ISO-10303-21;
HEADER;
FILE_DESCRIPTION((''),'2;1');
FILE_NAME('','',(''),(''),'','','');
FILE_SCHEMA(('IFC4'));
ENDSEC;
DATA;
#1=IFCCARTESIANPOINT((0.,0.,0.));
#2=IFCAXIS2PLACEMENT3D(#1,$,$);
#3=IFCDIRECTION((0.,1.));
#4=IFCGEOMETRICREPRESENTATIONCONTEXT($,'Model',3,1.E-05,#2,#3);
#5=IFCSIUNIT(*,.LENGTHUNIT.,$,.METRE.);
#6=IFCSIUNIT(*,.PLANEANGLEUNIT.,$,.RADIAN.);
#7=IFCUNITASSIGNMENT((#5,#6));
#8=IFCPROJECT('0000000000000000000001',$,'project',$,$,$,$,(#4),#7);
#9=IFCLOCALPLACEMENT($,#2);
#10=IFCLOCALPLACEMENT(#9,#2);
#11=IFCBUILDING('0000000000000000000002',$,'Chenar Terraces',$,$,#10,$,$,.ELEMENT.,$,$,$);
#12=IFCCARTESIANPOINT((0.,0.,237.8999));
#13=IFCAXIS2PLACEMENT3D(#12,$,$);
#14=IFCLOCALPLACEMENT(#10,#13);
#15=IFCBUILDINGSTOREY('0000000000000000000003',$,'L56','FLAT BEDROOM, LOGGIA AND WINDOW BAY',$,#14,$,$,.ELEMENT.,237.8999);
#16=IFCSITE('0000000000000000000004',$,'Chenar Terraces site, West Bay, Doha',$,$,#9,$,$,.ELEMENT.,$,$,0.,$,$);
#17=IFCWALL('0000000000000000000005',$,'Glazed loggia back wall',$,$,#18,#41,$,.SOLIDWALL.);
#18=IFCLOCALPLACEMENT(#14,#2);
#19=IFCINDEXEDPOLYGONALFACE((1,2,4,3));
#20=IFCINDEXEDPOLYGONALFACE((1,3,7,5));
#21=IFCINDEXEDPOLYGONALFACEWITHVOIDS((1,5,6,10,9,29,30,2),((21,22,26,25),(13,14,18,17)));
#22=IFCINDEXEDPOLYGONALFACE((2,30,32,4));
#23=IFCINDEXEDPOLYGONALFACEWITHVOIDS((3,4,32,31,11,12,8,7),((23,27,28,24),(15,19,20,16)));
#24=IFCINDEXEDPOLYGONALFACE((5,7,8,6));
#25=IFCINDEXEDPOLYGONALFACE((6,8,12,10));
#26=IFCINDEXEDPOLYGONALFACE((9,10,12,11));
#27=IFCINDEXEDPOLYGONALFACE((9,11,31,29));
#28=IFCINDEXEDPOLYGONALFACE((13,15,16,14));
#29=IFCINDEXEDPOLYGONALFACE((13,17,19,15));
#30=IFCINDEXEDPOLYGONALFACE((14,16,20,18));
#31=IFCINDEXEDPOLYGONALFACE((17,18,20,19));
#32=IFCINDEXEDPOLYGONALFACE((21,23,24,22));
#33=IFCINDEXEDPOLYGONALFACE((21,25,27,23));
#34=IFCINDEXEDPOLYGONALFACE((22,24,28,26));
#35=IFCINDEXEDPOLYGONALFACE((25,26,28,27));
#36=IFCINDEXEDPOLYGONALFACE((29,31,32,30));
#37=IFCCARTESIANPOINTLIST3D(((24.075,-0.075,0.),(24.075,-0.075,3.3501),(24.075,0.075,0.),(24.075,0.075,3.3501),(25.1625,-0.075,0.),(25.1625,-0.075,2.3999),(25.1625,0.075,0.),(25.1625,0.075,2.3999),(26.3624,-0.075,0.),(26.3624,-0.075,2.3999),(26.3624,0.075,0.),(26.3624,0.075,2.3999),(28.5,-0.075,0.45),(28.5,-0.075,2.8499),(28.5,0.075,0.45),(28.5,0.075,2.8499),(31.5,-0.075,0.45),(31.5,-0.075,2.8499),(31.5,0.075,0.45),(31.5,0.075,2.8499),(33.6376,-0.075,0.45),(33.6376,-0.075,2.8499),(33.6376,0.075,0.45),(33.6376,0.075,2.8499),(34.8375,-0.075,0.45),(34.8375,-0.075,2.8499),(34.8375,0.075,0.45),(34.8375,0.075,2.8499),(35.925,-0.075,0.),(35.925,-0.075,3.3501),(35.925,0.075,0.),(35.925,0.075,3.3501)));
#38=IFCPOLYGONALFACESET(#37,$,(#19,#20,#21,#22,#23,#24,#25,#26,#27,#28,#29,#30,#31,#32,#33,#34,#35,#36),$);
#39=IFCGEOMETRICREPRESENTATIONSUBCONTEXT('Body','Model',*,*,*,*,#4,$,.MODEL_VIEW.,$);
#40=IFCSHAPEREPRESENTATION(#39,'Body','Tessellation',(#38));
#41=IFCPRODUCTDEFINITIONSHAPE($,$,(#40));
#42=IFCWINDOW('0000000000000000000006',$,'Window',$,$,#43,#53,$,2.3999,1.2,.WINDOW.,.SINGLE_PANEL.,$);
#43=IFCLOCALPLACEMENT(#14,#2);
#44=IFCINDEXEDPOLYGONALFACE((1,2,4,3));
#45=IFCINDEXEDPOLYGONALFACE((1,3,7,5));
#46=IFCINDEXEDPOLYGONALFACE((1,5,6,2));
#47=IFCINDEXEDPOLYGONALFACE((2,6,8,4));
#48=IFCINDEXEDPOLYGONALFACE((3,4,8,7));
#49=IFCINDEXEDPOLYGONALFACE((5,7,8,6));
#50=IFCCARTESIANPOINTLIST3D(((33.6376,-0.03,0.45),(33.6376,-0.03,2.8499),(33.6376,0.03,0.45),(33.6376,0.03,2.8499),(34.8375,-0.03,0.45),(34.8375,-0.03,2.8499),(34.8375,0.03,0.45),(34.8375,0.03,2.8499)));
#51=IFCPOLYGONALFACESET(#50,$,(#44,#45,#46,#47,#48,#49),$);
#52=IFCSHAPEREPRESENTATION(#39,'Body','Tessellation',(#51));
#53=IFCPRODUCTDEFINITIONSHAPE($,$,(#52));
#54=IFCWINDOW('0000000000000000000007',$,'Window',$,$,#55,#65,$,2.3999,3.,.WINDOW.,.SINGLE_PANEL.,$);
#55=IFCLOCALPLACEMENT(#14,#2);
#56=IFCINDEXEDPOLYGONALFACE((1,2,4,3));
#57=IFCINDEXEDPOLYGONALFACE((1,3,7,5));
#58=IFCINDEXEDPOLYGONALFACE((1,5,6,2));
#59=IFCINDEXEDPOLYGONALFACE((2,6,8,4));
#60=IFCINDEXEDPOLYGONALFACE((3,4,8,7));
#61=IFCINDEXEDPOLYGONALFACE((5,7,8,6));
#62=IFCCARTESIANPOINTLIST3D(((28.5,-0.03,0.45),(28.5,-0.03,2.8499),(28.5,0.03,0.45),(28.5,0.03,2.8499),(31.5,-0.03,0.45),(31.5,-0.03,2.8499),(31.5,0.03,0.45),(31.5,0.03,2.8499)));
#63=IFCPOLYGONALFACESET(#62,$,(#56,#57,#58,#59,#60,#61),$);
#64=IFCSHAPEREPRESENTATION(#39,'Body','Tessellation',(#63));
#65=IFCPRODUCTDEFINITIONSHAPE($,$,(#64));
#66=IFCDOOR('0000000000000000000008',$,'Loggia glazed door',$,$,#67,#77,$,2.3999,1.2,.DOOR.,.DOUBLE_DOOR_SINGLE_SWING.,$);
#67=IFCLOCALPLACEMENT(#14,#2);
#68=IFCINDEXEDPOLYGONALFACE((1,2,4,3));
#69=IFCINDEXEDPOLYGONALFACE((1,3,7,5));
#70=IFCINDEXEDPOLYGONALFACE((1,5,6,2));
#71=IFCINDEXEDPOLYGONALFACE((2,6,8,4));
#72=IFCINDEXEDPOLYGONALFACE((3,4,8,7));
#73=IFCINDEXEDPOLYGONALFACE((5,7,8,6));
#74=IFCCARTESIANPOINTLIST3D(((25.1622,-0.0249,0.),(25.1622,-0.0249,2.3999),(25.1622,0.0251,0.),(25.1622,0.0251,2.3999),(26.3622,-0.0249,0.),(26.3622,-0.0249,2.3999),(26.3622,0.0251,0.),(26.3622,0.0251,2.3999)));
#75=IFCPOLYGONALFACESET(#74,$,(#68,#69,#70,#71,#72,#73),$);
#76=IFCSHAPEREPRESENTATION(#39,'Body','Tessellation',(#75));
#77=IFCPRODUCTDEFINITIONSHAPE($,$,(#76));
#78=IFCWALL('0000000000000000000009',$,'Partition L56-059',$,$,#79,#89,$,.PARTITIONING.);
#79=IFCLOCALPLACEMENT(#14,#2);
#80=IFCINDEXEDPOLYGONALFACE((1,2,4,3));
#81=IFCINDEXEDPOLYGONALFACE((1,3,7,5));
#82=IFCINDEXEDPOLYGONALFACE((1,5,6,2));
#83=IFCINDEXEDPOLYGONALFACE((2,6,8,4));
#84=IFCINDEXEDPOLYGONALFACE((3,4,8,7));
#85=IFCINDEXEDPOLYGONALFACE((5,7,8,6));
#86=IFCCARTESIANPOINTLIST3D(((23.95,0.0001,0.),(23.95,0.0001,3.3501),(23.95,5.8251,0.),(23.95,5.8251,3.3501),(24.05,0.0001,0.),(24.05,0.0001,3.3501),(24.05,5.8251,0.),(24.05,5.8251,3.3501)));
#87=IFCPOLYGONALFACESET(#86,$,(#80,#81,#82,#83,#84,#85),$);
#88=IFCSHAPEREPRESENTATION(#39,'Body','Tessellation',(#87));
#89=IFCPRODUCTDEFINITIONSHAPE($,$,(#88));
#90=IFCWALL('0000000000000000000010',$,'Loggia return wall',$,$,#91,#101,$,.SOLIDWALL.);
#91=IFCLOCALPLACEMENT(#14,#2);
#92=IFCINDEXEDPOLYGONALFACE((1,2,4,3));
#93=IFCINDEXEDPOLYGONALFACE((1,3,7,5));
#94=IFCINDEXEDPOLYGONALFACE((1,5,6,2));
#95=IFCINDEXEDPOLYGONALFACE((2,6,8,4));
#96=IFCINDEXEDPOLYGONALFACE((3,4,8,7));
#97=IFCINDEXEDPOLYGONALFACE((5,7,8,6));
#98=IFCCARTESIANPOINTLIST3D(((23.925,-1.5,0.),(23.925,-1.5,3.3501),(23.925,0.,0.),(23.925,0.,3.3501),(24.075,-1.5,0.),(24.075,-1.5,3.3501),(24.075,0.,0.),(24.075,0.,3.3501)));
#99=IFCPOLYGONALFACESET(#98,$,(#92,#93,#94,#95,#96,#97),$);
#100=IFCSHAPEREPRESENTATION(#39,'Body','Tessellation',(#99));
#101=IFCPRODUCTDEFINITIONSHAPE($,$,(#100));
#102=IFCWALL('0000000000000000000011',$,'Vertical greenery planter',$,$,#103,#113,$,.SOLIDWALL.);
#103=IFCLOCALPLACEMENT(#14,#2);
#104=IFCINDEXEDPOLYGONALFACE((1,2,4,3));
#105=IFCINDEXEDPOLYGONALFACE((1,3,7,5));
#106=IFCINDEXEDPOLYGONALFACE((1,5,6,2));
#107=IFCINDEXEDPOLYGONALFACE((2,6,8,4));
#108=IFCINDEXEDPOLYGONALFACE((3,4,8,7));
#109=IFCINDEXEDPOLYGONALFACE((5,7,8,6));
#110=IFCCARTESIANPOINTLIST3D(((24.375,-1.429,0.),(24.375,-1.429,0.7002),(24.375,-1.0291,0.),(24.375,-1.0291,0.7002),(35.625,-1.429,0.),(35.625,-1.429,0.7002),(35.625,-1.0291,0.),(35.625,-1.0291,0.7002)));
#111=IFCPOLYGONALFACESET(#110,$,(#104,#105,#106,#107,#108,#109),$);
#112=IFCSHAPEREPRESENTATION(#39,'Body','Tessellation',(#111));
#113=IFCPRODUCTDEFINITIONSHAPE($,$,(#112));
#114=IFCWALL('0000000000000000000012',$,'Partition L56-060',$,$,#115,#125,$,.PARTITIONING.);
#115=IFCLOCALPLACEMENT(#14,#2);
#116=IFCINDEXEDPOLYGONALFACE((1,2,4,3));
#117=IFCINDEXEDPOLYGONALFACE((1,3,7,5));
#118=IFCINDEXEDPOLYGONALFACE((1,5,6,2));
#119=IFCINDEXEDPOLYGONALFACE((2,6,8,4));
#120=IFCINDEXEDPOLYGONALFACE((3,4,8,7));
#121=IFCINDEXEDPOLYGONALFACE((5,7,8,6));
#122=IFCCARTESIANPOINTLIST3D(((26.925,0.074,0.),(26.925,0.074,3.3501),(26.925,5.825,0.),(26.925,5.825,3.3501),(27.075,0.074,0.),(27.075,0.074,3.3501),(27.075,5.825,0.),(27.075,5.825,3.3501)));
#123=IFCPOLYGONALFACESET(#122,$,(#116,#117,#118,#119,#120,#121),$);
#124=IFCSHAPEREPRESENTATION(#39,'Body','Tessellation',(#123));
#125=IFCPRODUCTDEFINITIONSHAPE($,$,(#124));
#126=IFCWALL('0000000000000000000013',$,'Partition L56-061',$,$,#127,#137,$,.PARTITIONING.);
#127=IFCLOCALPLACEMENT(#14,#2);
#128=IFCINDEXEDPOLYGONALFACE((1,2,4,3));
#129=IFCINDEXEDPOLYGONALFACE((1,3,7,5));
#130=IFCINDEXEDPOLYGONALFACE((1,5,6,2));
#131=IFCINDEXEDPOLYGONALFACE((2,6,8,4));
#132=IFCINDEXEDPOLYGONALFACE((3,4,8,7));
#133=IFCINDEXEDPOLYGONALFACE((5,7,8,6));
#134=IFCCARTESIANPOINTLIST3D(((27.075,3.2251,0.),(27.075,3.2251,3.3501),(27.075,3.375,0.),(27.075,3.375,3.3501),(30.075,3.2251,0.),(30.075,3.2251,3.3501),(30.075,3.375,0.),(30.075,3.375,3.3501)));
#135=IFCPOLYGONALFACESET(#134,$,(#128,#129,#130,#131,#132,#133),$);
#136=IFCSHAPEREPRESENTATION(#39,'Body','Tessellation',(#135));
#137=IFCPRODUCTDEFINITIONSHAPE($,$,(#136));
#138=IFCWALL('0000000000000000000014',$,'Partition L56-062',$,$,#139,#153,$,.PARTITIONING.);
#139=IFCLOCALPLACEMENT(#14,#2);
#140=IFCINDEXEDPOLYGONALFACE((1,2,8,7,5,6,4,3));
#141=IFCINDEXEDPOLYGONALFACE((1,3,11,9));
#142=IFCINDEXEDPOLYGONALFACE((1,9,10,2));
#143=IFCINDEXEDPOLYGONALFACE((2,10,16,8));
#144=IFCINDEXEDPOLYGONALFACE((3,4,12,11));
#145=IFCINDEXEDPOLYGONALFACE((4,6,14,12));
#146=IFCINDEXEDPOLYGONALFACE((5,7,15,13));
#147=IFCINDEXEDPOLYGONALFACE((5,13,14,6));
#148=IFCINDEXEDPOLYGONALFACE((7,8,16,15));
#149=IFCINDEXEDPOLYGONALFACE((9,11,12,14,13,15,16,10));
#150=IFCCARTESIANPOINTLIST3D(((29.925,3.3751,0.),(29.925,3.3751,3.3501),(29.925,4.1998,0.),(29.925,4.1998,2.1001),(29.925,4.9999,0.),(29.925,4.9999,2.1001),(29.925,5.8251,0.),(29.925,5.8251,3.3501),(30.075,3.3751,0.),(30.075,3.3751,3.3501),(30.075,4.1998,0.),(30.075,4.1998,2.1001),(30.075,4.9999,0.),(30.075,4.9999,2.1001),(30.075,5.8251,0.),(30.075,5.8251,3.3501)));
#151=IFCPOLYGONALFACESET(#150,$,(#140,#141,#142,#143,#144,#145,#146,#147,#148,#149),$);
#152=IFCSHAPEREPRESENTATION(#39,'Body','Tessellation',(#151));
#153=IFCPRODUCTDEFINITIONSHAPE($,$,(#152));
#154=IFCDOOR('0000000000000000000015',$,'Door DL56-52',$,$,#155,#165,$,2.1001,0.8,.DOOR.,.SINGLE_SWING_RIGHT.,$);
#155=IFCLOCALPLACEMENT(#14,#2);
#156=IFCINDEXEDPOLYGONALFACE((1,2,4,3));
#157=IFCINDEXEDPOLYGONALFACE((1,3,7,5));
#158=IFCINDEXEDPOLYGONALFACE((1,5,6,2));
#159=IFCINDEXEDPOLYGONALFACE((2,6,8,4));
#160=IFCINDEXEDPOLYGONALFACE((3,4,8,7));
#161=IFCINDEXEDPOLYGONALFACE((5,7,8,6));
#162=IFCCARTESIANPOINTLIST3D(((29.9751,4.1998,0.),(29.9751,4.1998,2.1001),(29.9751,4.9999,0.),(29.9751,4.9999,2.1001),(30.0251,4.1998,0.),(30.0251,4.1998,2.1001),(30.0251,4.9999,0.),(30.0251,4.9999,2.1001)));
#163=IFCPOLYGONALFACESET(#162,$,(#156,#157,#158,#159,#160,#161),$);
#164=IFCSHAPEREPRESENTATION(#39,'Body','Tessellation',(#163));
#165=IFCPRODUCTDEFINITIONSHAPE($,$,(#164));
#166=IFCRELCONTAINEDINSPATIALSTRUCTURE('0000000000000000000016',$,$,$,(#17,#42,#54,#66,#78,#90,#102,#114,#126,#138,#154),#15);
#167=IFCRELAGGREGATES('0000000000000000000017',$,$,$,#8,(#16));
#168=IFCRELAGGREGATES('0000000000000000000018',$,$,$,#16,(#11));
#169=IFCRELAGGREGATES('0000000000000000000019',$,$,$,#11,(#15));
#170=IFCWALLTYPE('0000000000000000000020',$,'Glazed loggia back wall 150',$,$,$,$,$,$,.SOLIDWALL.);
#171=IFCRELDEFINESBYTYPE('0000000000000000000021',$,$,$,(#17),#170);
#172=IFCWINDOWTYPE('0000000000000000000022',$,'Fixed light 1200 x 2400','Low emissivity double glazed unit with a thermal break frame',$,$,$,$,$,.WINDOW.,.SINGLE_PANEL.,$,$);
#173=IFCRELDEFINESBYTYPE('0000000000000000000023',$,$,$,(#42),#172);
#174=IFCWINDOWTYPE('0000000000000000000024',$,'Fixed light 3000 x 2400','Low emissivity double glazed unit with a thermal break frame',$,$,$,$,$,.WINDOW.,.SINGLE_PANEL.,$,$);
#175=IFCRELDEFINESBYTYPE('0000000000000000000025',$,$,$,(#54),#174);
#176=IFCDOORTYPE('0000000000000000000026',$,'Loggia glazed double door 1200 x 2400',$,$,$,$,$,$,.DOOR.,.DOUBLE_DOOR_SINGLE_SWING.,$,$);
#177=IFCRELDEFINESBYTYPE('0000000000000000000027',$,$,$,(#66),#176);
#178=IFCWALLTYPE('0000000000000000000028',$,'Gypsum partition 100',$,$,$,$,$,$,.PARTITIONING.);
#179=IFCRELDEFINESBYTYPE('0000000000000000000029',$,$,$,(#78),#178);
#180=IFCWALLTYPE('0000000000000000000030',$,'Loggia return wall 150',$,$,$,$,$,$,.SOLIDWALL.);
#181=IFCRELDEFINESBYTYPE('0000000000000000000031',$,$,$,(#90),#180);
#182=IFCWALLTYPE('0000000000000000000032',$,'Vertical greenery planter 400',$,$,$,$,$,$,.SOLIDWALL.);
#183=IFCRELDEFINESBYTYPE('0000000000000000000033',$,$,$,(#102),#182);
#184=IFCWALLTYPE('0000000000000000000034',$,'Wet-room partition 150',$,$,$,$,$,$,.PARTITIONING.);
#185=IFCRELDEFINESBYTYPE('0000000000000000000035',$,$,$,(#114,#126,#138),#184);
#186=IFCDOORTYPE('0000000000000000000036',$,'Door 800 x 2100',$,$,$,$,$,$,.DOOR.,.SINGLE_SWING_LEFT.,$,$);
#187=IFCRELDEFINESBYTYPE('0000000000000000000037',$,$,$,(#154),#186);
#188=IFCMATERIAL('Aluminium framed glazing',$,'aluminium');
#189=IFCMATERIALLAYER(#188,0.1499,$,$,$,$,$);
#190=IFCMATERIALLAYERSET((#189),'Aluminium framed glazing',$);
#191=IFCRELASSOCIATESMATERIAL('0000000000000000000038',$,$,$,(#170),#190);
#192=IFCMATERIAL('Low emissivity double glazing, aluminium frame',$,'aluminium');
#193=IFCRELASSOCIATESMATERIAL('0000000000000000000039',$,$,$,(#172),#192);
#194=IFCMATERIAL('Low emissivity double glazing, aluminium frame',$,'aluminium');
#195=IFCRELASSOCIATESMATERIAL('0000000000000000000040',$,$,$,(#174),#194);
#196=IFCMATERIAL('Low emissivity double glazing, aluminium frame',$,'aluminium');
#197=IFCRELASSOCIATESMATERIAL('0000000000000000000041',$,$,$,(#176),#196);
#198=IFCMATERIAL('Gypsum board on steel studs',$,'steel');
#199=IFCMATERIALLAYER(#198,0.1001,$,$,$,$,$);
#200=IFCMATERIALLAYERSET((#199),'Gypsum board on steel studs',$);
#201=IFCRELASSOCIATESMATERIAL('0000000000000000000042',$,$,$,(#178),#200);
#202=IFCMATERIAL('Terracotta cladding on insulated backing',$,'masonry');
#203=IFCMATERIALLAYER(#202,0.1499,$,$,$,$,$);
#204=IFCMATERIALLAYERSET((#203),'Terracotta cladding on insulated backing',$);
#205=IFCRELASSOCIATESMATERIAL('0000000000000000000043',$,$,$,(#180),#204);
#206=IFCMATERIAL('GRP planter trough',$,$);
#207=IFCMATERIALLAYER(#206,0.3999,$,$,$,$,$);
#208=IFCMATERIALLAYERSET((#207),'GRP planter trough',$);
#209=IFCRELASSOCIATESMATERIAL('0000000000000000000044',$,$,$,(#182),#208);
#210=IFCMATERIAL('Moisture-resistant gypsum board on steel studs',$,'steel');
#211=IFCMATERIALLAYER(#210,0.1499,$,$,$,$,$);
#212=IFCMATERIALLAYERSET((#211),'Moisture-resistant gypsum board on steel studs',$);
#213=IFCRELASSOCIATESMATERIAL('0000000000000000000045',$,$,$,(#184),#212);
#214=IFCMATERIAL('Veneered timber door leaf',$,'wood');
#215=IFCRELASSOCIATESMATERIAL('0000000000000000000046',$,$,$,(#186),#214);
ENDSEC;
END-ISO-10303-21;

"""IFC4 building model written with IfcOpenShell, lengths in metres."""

from ifc_helpers import new_model, si_unit, direction, frame, frame_2d, origin, place, context, subcontext, project, spatial, rectangle, extrude, material, layer, layer_set, type_object, element, fill, save


model = new_model("IFC4")

# Units and contexts
model_context = context("Model", 3, precision=1e-05, world=origin(), true_north=direction((0.0, 1.0)))
body_context = subcontext(model_context, "Body", "Model", "MODEL_VIEW")
ifc_project = project(units=[si_unit("LENGTHUNIT", "METRE"), si_unit("PLANEANGLEUNIT", "RADIAN")], contexts=[model_context])

# Site, building, storey
site_placement = place(None, origin())
site = spatial("IfcSite", under=ifc_project, at=site_placement, Name="Chenar Terraces site, West Bay, Doha", CompositionType="ELEMENT", RefElevation=0.0)
building_placement = place(site_placement, origin())
building = spatial("IfcBuilding", under=site, at=building_placement, Name="Chenar Terraces", CompositionType="ELEMENT")
storey_placement = place(building_placement, frame((0.0, 0.0, 237.8999)))
storey = spatial("IfcBuildingStorey", under=building, at=storey_placement, Name="L56", Description="FLAT BEDROOM, LOGGIA AND WINDOW BAY", CompositionType="ELEMENT", Elevation=237.8999)

# Wall, openings, windows, door
ifc_material_1 = material(Name="Aluminium framed glazing", Category="aluminium")
ifc_layer_1 = layer(ifc_material_1, 0.1499)
ifc_layer_set_1 = layer_set([ifc_layer_1], Name="Aluminium framed glazing")
wall_type_1 = type_object("IfcWallType", Name="Glazed loggia back wall 150", PredefinedType="SOLIDWALL", material=ifc_layer_set_1)
wall_1_placement = place(storey_placement, frame((24.075, 0.0, 0.0), z_axis=(0.0, 0.0, 1.0), x_axis=(1.0, 0.0, 0.0)))
wall_1 = element("IfcWall", 1, at=wall_1_placement, inside=storey, type_object=wall_type_1, Name="Glazed loggia back wall", PredefinedType="SOLIDWALL", context=body_context, shape_type="SweptSolid", body=[
    extrude(rectangle(XDim=11.8501, YDim=0.1499, at=frame_2d((5.925, 0.0))), origin(), (0.0, 0.0, 1.0), 3.3501),
])
opening_1_placement = place(wall_1_placement, frame((1.0874, 0.0, 0.0)))
opening_1 = element("IfcOpeningElement", 2, at=opening_1_placement, cuts=wall_1, PredefinedType="OPENING", context=body_context, shape_type="SweptSolid", body=[
    extrude(rectangle(XDim=1.2, YDim=2.3999, at=frame_2d((0.6001, 1.2))), frame((0.0, 0.085, 0.0), z_axis=(0.0, -1.0, 0.0), x_axis=(1.0, 0.0, 0.0)), (0.0, 0.0, 1.0), 0.1699),
])
opening_2_placement = place(wall_1_placement, frame((4.425, 0.0, 0.45)))
opening_2 = element("IfcOpeningElement", 3, at=opening_2_placement, cuts=wall_1, PredefinedType="OPENING", context=body_context, shape_type="SweptSolid", body=[
    extrude(rectangle(XDim=3.0, YDim=2.3999, at=frame_2d((1.5, 1.2))), frame((0.0, 0.085, 0.0), z_axis=(0.0, -1.0, 0.0), x_axis=(1.0, 0.0, 0.0)), (0.0, 0.0, 1.0), 0.1699),
])
opening_3_placement = place(wall_1_placement, frame((9.5625, 0.0, 0.45)))
opening_3 = element("IfcOpeningElement", 4, at=opening_3_placement, cuts=wall_1, PredefinedType="OPENING", context=body_context, shape_type="SweptSolid", body=[
    extrude(rectangle(XDim=1.2, YDim=2.3999, at=frame_2d((0.6001, 1.2))), frame((0.0, 0.085, 0.0), z_axis=(0.0, -1.0, 0.0), x_axis=(1.0, 0.0, 0.0)), (0.0, 0.0, 1.0), 0.1699),
])
ifc_material_2 = material(Name="Low emissivity double glazing, aluminium frame", Category="aluminium")
window_type_1 = type_object("IfcWindowType", Name="Fixed light 1200 x 2400", Description="Low emissivity double glazed unit with a thermal break frame", PartitioningType="SINGLE_PANEL", PredefinedType="WINDOW", material=ifc_material_2)
window_1_placement = place(opening_3_placement, origin())
window_1 = element("IfcWindow", 5, at=window_1_placement, inside=storey, type_object=window_type_1, Name="Window", OverallHeight=2.3999, OverallWidth=1.2, PartitioningType="SINGLE_PANEL", PredefinedType="WINDOW", context=body_context, shape_type="SweptSolid", body=[
    extrude(rectangle(XDim=1.2, YDim=2.3999, at=frame_2d((0.6001, 1.2))), frame((0.0, 0.03, 0.0), z_axis=(0.0, -1.0, 0.0), x_axis=(1.0, 0.0, 0.0)), (0.0, 0.0, 1.0), 0.0601),
])
fill(opening_3, window_1)
ifc_material_3 = material(Name="Low emissivity double glazing, aluminium frame", Category="aluminium")
window_type_2 = type_object("IfcWindowType", Name="Fixed light 3000 x 2400", Description="Low emissivity double glazed unit with a thermal break frame", PartitioningType="SINGLE_PANEL", PredefinedType="WINDOW", material=ifc_material_3)
window_2_placement = place(opening_2_placement, origin())
window_2 = element("IfcWindow", 6, at=window_2_placement, inside=storey, type_object=window_type_2, Name="Window", OverallHeight=2.3999, OverallWidth=3.0, PartitioningType="SINGLE_PANEL", PredefinedType="WINDOW", context=body_context, shape_type="SweptSolid", body=[
    extrude(rectangle(XDim=3.0, YDim=2.3999, at=frame_2d((1.5, 1.2))), frame((0.0, 0.03, 0.0), z_axis=(0.0, -1.0, 0.0), x_axis=(1.0, 0.0, 0.0)), (0.0, 0.0, 1.0), 0.0601),
])
fill(opening_2, window_2)
ifc_material_4 = material(Name="Low emissivity double glazing, aluminium frame", Category="aluminium")
door_type_1 = type_object("IfcDoorType", Name="Loggia glazed double door 1200 x 2400", OperationType="DOUBLE_DOOR_SINGLE_SWING", PredefinedType="DOOR", material=ifc_material_4)
door_1_placement = place(opening_1_placement, frame((1.2, 0.0, 0.0), z_axis=(0.0, 0.0, 1.0), x_axis=(-1.0, 0.0, 0.0)))
door_1 = element("IfcDoor", 7, at=door_1_placement, inside=storey, type_object=door_type_1, Name="Loggia glazed door", OperationType="DOUBLE_DOOR_SINGLE_SWING", OverallHeight=2.3999, OverallWidth=1.2, PredefinedType="DOOR", context=body_context, shape_type="SweptSolid", body=[
    extrude(rectangle(XDim=1.2, YDim=2.3999, at=frame_2d((0.6001, 1.2))), frame((0.0, 0.0249, 0.0), z_axis=(0.0, -1.0, 0.0), x_axis=(1.0, 0.0, 0.0)), (0.0, 0.0, 1.0), 0.05),
])
fill(opening_1, door_1)

# Walls
ifc_material_5 = material(Name="Gypsum board on steel studs", Category="steel")
ifc_layer_2 = layer(ifc_material_5, 0.1001)
ifc_layer_set_2 = layer_set([ifc_layer_2], Name="Gypsum board on steel studs")
wall_type_2 = type_object("IfcWallType", Name="Gypsum partition 100", PredefinedType="PARTITIONING", material=ifc_layer_set_2)
wall_2_placement = place(storey_placement, frame((24.0, 0.0, 0.0), z_axis=(0.0, 0.0, 1.0), x_axis=(0.0, 1.0, 0.0)))
element("IfcWall", 8, at=wall_2_placement, inside=storey, type_object=wall_type_2, Name="Partition L56-059", PredefinedType="PARTITIONING", context=body_context, shape_type="SweptSolid", body=[
    extrude(rectangle(XDim=5.825, YDim=0.1001, at=frame_2d((2.9126, 0.0))), origin(), (0.0, 0.0, 1.0), 3.3501),
])
ifc_material_6 = material(Name="Terracotta cladding on insulated backing", Category="masonry")
ifc_layer_3 = layer(ifc_material_6, 0.1499)
ifc_layer_set_3 = layer_set([ifc_layer_3], Name="Terracotta cladding on insulated backing")
wall_type_3 = type_object("IfcWallType", Name="Loggia return wall 150", PredefinedType="SOLIDWALL", material=ifc_layer_set_3)
wall_3_placement = place(storey_placement, frame((24.0, -1.5, 0.0), z_axis=(0.0, 0.0, 1.0), x_axis=(0.0, 1.0, 0.0)))
element("IfcWall", 9, at=wall_3_placement, inside=storey, type_object=wall_type_3, Name="Loggia return wall", PredefinedType="SOLIDWALL", context=body_context, shape_type="SweptSolid", body=[
    extrude(rectangle(XDim=1.5, YDim=0.1499, at=frame_2d((0.75, 0.0))), origin(), (0.0, 0.0, 1.0), 3.3501),
])
ifc_material_7 = material(Name="GRP planter trough")
ifc_layer_4 = layer(ifc_material_7, 0.3999)
ifc_layer_set_4 = layer_set([ifc_layer_4], Name="GRP planter trough")
wall_type_4 = type_object("IfcWallType", Name="Vertical greenery planter 400", PredefinedType="SOLIDWALL", material=ifc_layer_set_4)
wall_4_placement = place(storey_placement, frame((24.375, -1.229, 0.0), z_axis=(0.0, 0.0, 1.0), x_axis=(1.0, 0.0, 0.0)))
element("IfcWall", 10, at=wall_4_placement, inside=storey, type_object=wall_type_4, Name="Vertical greenery planter", PredefinedType="SOLIDWALL", context=body_context, shape_type="SweptSolid", body=[
    extrude(rectangle(XDim=11.25, YDim=0.3999, at=frame_2d((5.625, 0.0))), origin(), (0.0, 0.0, 1.0), 0.7002),
])
ifc_material_8 = material(Name="Moisture-resistant gypsum board on steel studs", Category="steel")
ifc_layer_5 = layer(ifc_material_8, 0.1499)
ifc_layer_set_5 = layer_set([ifc_layer_5], Name="Moisture-resistant gypsum board on steel studs")
wall_type_5 = type_object("IfcWallType", Name="Wet-room partition 150", PredefinedType="PARTITIONING", material=ifc_layer_set_5)
wall_5_placement = place(storey_placement, frame((27.0, 0.074, 0.0), z_axis=(0.0, 0.0, 1.0), x_axis=(0.0, 1.0, 0.0)))
element("IfcWall", 11, at=wall_5_placement, inside=storey, type_object=wall_type_5, Name="Partition L56-060", PredefinedType="PARTITIONING", context=body_context, shape_type="SweptSolid", body=[
    extrude(rectangle(XDim=5.751, YDim=0.1499, at=frame_2d((2.8755, 0.0))), origin(), (0.0, 0.0, 1.0), 3.3501),
])
wall_6_placement = place(storey_placement, frame((27.075, 3.3, 0.0), z_axis=(0.0, 0.0, 1.0), x_axis=(1.0, 0.0, 0.0)))
element("IfcWall", 12, at=wall_6_placement, inside=storey, type_object=wall_type_5, Name="Partition L56-061", PredefinedType="PARTITIONING", context=body_context, shape_type="SweptSolid", body=[
    extrude(rectangle(XDim=3.0, YDim=0.1499, at=frame_2d((1.5, 0.0))), origin(), (0.0, 0.0, 1.0), 3.3501),
])

# Wall, opening, door
wall_7_placement = place(storey_placement, frame((30.0, 3.375, 0.0), z_axis=(0.0, 0.0, 1.0), x_axis=(0.0, 1.0, 0.0)))
wall_7 = element("IfcWall", 13, at=wall_7_placement, inside=storey, type_object=wall_type_5, Name="Partition L56-062", PredefinedType="PARTITIONING", context=body_context, shape_type="SweptSolid", body=[
    extrude(rectangle(XDim=2.45, YDim=0.1499, at=frame_2d((1.2251, 0.0))), origin(), (0.0, 0.0, 1.0), 3.3501),
])
opening_4_placement = place(wall_7_placement, frame((0.825, 0.0, 0.0)))
opening_4 = element("IfcOpeningElement", 14, at=opening_4_placement, cuts=wall_7, PredefinedType="OPENING", context=body_context, shape_type="SweptSolid", body=[
    extrude(rectangle(XDim=0.8, YDim=2.1001, at=frame_2d((0.3999, 1.05))), frame((0.0, 0.085, 0.0), z_axis=(0.0, -1.0, 0.0), x_axis=(1.0, 0.0, 0.0)), (0.0, 0.0, 1.0), 0.1699),
])
ifc_material_9 = material(Name="Veneered timber door leaf", Category="wood")
door_type_2 = type_object("IfcDoorType", Name="Door 800 x 2100", OperationType="SINGLE_SWING_LEFT", PredefinedType="DOOR", material=ifc_material_9)
door_2_placement = place(opening_4_placement, origin())
door_2 = element("IfcDoor", 15, at=door_2_placement, inside=storey, type_object=door_type_2, Name="Door DL56-52", OperationType="SINGLE_SWING_RIGHT", OverallHeight=2.1001, OverallWidth=0.8, PredefinedType="DOOR", context=body_context, shape_type="SweptSolid", body=[
    extrude(rectangle(XDim=0.8, YDim=2.1001, at=frame_2d((0.3999, 1.05))), frame((0.0, 0.0249, 0.0), z_axis=(0.0, -1.0, 0.0), x_axis=(1.0, 0.0, 0.0)), (0.0, 0.0, 1.0), 0.05),
])
fill(opening_4, door_2)

save(model, "model.ifc")
